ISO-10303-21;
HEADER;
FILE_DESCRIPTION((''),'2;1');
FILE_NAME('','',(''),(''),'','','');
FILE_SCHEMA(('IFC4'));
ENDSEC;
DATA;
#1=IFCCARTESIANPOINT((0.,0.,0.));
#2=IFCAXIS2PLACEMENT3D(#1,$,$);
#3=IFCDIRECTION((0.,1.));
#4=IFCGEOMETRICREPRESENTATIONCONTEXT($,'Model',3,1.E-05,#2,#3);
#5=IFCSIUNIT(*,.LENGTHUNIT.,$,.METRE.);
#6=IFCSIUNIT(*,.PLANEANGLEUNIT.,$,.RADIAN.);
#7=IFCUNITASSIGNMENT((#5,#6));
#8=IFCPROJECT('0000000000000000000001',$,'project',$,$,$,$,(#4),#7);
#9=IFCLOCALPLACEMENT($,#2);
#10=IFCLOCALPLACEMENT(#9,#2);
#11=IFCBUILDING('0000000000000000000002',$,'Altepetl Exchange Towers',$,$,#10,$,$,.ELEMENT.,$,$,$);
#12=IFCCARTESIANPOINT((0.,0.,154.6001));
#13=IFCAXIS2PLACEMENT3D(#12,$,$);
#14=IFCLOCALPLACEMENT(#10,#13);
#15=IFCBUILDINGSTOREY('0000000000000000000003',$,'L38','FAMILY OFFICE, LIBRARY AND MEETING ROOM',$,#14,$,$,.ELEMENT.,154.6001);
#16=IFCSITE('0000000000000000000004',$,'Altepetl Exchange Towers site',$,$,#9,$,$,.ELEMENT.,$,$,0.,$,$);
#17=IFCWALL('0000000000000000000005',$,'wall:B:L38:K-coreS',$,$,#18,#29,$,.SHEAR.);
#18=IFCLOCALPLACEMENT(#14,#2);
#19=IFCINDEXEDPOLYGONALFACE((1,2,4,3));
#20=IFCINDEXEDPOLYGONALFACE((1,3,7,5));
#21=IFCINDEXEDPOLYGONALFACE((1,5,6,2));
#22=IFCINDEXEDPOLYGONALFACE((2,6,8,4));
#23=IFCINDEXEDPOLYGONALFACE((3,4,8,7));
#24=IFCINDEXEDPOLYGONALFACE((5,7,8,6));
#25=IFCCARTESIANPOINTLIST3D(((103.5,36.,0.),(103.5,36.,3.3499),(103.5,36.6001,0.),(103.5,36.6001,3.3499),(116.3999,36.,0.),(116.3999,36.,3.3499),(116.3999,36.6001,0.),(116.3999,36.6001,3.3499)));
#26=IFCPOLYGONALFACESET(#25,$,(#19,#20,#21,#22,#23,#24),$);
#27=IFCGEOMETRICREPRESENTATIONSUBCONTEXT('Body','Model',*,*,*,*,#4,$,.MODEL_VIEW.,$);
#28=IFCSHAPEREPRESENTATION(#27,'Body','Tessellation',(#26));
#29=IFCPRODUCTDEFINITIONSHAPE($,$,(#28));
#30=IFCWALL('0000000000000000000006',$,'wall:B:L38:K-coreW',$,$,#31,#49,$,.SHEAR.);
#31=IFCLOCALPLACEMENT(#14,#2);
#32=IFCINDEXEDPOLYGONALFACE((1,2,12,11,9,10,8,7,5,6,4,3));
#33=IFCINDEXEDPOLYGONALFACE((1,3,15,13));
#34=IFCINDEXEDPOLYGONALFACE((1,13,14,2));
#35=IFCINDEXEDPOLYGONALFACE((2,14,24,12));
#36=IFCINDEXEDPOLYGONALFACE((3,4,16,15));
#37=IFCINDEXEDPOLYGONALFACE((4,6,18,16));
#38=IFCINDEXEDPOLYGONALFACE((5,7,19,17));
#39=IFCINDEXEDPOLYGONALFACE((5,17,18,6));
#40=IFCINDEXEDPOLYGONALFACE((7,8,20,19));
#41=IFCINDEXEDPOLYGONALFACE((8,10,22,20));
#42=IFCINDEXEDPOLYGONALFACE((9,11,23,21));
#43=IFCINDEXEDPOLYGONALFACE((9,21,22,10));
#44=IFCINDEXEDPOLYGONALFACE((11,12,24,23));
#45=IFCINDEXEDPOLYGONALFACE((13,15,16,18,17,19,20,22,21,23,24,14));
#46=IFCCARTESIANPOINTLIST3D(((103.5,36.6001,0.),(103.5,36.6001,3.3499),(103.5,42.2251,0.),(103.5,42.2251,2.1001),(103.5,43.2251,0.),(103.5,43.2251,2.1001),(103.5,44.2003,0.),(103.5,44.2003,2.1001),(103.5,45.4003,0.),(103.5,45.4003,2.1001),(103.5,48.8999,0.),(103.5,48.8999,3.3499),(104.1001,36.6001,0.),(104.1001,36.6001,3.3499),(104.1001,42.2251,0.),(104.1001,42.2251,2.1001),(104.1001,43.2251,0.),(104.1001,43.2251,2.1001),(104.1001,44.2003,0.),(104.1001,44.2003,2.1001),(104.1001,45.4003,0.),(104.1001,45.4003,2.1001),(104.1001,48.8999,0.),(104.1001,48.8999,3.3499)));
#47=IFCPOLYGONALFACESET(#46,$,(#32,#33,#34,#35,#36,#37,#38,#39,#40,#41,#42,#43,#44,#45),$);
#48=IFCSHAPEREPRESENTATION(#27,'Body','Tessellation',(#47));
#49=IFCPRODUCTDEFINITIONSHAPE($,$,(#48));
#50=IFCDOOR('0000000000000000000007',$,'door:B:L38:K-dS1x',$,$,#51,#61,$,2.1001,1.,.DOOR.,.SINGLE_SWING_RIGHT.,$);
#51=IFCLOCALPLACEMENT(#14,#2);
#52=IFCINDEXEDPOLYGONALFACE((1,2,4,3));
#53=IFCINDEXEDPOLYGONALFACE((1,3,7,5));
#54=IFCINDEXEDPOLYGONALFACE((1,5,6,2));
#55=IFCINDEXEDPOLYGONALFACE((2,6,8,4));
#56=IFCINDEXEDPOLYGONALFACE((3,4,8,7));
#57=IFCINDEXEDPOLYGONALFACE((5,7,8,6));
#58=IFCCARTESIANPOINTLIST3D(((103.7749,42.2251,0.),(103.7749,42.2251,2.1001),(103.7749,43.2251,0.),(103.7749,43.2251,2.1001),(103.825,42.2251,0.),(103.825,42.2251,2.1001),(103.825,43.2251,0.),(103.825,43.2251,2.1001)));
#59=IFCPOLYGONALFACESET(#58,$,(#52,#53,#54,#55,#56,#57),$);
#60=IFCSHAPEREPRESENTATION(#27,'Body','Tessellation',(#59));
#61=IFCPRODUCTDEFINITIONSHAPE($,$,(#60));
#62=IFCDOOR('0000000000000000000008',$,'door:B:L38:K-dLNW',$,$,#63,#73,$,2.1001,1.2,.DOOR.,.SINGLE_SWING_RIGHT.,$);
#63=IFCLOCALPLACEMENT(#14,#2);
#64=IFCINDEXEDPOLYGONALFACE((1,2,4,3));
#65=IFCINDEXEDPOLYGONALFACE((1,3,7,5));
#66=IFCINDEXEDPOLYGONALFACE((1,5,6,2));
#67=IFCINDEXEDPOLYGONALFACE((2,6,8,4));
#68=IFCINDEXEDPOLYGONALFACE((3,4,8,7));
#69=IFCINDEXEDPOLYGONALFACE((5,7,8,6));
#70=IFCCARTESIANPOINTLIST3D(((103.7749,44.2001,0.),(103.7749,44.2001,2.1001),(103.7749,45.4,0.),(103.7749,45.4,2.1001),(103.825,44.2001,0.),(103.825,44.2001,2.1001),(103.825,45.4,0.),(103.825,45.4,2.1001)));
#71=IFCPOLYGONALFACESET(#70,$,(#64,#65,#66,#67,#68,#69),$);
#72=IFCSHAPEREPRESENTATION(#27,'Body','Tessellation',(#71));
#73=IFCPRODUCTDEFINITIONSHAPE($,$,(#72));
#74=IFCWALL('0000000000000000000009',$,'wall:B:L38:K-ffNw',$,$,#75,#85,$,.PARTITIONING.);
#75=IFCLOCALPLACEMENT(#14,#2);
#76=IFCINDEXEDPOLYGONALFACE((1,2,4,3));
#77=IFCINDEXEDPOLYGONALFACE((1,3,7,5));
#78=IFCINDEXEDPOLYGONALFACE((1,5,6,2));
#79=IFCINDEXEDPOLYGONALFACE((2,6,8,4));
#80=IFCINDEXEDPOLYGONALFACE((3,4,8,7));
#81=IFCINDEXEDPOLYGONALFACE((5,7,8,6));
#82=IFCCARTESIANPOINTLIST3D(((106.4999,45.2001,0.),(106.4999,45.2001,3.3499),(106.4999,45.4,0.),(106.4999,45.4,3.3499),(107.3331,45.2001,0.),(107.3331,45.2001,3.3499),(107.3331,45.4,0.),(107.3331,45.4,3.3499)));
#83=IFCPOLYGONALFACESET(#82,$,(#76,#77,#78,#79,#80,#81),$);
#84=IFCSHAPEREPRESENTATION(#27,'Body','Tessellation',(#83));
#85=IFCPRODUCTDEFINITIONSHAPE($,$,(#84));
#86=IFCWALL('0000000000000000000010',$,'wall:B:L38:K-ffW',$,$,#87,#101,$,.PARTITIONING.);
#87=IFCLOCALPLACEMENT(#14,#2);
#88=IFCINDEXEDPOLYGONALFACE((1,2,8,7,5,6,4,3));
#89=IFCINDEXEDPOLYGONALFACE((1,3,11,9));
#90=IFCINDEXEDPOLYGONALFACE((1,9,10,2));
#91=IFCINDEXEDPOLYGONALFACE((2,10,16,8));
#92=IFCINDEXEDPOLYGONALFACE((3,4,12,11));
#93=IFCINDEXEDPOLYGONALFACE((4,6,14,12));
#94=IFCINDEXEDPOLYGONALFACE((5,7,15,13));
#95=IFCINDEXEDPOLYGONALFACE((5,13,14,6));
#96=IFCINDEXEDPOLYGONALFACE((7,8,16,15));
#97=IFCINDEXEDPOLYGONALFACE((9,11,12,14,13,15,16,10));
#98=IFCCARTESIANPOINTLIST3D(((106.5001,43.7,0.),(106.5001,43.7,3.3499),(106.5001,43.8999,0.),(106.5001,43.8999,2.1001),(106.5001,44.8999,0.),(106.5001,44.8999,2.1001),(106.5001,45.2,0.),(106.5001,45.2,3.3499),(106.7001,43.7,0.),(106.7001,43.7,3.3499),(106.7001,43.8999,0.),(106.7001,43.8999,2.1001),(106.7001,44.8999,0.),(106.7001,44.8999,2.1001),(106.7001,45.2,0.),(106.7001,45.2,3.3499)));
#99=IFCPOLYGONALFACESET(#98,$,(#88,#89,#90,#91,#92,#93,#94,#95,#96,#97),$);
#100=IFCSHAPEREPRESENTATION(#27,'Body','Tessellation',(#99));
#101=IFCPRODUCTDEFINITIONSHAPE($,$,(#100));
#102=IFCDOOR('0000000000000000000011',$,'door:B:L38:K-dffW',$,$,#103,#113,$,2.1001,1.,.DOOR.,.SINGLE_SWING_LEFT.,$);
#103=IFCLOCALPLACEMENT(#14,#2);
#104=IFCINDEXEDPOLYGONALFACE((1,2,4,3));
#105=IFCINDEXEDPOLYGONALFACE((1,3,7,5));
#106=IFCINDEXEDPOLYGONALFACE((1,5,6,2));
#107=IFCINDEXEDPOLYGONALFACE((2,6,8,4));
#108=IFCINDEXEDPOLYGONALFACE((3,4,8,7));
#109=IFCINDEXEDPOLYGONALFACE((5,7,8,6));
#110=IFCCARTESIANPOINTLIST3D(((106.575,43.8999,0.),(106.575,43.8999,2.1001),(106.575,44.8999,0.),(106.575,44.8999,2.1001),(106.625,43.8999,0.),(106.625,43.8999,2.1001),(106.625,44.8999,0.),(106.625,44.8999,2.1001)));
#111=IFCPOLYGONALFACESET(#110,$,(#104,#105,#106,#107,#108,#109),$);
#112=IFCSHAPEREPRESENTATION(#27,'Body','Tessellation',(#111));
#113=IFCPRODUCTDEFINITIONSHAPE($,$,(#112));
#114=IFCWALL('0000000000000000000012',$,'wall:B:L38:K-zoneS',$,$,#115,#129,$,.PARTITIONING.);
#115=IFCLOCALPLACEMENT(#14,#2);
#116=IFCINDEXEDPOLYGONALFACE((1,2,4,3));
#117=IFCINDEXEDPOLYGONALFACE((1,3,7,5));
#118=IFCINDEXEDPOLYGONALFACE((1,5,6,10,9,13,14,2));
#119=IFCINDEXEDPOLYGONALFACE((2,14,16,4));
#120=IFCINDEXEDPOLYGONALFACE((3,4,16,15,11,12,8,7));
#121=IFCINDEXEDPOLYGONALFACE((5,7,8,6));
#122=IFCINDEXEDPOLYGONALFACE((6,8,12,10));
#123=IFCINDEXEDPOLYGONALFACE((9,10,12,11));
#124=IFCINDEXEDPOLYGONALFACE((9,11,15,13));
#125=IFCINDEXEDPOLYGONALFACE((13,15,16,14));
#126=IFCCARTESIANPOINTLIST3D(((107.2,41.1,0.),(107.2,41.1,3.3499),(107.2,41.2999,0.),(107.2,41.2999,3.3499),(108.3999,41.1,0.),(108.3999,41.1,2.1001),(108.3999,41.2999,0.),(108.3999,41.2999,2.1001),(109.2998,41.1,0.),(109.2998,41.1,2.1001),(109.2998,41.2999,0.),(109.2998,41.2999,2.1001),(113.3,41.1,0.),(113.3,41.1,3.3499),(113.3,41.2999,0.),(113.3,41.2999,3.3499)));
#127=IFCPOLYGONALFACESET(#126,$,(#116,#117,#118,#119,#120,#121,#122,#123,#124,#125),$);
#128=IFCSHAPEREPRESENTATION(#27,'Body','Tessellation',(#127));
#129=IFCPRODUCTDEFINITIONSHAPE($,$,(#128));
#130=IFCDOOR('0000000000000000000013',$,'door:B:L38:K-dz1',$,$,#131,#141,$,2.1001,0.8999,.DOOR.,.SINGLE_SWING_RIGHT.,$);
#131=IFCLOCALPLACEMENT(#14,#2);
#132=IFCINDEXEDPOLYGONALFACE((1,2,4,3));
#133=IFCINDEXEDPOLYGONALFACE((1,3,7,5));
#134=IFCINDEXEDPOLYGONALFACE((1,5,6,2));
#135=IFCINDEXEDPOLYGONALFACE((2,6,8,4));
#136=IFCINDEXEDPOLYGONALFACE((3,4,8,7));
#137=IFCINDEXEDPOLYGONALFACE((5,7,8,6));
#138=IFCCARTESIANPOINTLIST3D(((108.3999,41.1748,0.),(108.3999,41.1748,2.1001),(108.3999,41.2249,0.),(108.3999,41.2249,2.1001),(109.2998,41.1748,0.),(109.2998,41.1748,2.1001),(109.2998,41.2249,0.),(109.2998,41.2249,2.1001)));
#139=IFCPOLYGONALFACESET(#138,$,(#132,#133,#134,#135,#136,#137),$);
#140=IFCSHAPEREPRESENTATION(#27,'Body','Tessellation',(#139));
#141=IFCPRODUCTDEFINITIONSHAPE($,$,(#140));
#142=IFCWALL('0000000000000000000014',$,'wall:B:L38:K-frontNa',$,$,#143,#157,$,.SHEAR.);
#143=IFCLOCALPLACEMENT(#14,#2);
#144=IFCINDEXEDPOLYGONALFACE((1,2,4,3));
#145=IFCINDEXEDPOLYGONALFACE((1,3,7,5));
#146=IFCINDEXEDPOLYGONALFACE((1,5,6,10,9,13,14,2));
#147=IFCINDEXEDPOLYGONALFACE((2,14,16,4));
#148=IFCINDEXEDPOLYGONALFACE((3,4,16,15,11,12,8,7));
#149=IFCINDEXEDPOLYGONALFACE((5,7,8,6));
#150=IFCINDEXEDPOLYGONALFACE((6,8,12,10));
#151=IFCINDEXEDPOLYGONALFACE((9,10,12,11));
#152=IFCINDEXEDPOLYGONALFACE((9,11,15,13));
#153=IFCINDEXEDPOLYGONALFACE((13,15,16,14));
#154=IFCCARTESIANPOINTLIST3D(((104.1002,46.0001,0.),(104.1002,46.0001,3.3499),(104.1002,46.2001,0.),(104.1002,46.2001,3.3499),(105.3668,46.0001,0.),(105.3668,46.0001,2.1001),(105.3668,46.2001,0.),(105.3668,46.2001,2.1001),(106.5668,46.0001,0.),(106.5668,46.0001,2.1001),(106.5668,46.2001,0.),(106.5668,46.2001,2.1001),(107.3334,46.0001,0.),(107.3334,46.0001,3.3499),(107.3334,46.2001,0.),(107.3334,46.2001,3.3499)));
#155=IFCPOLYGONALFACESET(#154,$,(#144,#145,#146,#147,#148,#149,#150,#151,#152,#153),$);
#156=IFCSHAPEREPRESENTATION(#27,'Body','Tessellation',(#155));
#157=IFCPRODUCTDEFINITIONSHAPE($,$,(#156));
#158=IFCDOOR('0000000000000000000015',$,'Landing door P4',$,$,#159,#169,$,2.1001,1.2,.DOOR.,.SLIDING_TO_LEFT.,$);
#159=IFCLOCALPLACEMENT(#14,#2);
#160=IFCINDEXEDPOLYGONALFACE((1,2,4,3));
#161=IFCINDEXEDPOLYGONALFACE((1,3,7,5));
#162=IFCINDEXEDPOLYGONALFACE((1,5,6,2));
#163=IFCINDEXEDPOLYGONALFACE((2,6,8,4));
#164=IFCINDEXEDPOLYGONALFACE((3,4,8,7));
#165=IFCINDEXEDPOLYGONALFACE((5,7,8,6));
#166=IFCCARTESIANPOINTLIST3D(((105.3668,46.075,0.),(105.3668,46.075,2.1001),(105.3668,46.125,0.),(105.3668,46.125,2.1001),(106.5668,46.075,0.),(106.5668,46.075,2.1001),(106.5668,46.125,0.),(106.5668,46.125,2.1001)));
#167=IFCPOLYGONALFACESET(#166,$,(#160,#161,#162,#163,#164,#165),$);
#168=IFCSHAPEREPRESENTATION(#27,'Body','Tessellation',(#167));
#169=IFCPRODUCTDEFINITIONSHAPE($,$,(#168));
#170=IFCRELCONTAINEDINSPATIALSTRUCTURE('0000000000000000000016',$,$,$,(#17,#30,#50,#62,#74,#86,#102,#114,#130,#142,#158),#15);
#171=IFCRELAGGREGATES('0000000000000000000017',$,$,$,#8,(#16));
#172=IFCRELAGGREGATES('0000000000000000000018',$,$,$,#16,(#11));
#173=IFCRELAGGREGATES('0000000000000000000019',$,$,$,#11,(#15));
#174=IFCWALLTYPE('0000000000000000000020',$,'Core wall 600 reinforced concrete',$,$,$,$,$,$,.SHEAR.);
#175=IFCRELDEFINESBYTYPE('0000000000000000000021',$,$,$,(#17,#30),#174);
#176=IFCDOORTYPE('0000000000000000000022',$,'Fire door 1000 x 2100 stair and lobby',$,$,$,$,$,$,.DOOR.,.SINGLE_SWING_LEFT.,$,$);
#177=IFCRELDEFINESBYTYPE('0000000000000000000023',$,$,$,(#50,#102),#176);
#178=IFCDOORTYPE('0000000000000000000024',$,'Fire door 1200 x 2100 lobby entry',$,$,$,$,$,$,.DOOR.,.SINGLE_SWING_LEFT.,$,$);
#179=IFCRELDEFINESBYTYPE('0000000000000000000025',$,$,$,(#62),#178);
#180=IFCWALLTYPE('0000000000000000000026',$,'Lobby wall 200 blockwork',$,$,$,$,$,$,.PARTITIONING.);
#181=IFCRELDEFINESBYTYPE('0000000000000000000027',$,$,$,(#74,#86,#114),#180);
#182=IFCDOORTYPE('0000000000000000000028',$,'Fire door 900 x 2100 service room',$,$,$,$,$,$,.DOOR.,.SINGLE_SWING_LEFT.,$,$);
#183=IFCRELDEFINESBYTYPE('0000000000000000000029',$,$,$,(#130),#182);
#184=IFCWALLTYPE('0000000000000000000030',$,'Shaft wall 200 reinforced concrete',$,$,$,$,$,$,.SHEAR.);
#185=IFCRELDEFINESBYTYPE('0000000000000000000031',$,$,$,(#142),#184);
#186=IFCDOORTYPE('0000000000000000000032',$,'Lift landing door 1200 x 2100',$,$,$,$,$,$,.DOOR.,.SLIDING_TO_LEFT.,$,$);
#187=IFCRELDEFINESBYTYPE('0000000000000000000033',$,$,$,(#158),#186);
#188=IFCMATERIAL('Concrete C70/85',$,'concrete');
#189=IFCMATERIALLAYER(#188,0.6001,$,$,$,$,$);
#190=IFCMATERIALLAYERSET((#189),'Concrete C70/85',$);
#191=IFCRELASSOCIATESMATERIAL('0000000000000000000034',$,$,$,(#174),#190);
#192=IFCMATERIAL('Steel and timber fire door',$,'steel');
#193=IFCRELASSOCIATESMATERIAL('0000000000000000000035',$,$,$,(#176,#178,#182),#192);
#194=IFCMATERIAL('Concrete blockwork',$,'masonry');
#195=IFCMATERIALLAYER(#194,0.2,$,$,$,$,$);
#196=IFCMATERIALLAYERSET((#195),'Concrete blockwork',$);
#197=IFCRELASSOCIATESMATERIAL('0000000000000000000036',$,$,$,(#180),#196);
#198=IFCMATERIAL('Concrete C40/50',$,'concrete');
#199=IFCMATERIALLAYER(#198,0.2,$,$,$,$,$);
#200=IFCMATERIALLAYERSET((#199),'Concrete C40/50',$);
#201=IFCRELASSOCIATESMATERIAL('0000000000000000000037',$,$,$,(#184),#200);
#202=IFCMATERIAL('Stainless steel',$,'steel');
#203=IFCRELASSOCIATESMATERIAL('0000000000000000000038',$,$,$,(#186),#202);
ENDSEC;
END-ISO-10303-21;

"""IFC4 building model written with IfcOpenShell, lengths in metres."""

from ifc_helpers import new_model, si_unit, direction, frame, frame_2d, origin, place, context, subcontext, project, spatial, rectangle, extrude, material, layer, layer_set, type_object, element, fill, save


model = new_model("IFC4")

# Units and contexts
model_context = context("Model", 3, precision=1e-05, world=origin(), true_north=direction((0.0, 1.0)))
body_context = subcontext(model_context, "Body", "Model", "MODEL_VIEW")
ifc_project = project(units=[si_unit("LENGTHUNIT", "METRE"), si_unit("PLANEANGLEUNIT", "RADIAN")], contexts=[model_context])

# Site, building, storey
site_placement = place(None, origin())
site = spatial("IfcSite", under=ifc_project, at=site_placement, Name="Altepetl Exchange Towers site", CompositionType="ELEMENT", RefElevation=0.0)
building_placement = place(site_placement, origin())
building = spatial("IfcBuilding", under=site, at=building_placement, Name="Altepetl Exchange Towers", CompositionType="ELEMENT")
storey_placement = place(building_placement, frame((0.0, 0.0, 154.6001)))
storey = spatial("IfcBuildingStorey", under=building, at=storey_placement, Name="L38", Description="FAMILY OFFICE, LIBRARY AND MEETING ROOM", CompositionType="ELEMENT", Elevation=154.6001)

# Wall
ifc_material_1 = material(Name="Concrete C70/85", Category="concrete")
ifc_layer_1 = layer(ifc_material_1, 0.6001)
ifc_layer_set_1 = layer_set([ifc_layer_1], Name="Concrete C70/85")
wall_type_1 = type_object("IfcWallType", Name="Core wall 600 reinforced concrete", PredefinedType="SHEAR", material=ifc_layer_set_1)
wall_1_placement = place(storey_placement, frame((103.5, 36.3, 0.0)))
element("IfcWall", 1, at=wall_1_placement, inside=storey, type_object=wall_type_1, Name="wall:B:L38:K-coreS", PredefinedType="SHEAR", context=body_context, shape_type="SweptSolid", body=[
    extrude(rectangle(XDim=12.8999, YDim=0.6001, at=frame_2d((6.45, 0.0))), origin(), (0.0, 0.0, 1.0), 3.3499),
])

# Wall, openings, doors
wall_2_placement = place(storey_placement, frame((103.8, 36.6001, 0.0), z_axis=(0.0, 0.0, 1.0), x_axis=(0.0, 1.0, 0.0)))
wall_2 = element("IfcWall", 2, at=wall_2_placement, inside=storey, type_object=wall_type_1, Name="wall:B:L38:K-coreW", PredefinedType="SHEAR", context=body_context, shape_type="SweptSolid", body=[
    extrude(rectangle(XDim=12.2998, YDim=0.6001, at=frame_2d((6.1499, 0.0))), origin(), (0.0, 0.0, 1.0), 3.3499),
])
opening_1_placement = place(wall_2_placement, frame((7.6001, 0.0, 0.0)))
opening_1 = element("IfcOpeningElement", 3, at=opening_1_placement, cuts=wall_2, PredefinedType="OPENING", context=body_context, shape_type="SweptSolid", body=[
    extrude(rectangle(XDim=1.2, YDim=2.1001, at=frame_2d((0.6001, 1.05))), frame((0.0, 0.3101, 0.0), z_axis=(0.0, -1.0, 0.0), x_axis=(1.0, 0.0, 0.0)), (0.0, 0.0, 1.0), 0.6201),
])
opening_2_placement = place(wall_2_placement, frame((5.625, 0.0, 0.0)))
opening_2 = element("IfcOpeningElement", 4, at=opening_2_placement, cuts=wall_2, PredefinedType="OPENING", context=body_context, shape_type="SweptSolid", body=[
    extrude(rectangle(XDim=1.0, YDim=2.1001, at=frame_2d((0.5, 1.05))), frame((0.0, 0.3101, 0.0), z_axis=(0.0, -1.0, 0.0), x_axis=(1.0, 0.0, 0.0)), (0.0, 0.0, 1.0), 0.6201),
])
ifc_material_2 = material(Name="Steel and timber fire door", Category="steel")
door_type_1 = type_object("IfcDoorType", Name="Fire door 1000 x 2100 stair and lobby", OperationType="SINGLE_SWING_LEFT", PredefinedType="DOOR", material=ifc_material_2)
door_1_placement = place(opening_2_placement, frame((1.0, 0.0, 0.0), x_axis=(-1.0, 0.0, 0.0)))
door_1 = element("IfcDoor", 5, at=door_1_placement, inside=storey, type_object=door_type_1, Name="door:B:L38:K-dS1x", OperationType="SINGLE_SWING_RIGHT", OverallHeight=2.1001, OverallWidth=1.0, PredefinedType="DOOR", context=body_context, shape_type="SweptSolid", body=[
    extrude(rectangle(XDim=1.0, YDim=2.1001, at=frame_2d((0.5, 1.05))), frame((0.0, 0.0249, 0.0), z_axis=(0.0, -1.0, 0.0), x_axis=(1.0, 0.0, 0.0)), (0.0, 0.0, 1.0), 0.05),
])
fill(opening_2, door_1)
door_type_2 = type_object("IfcDoorType", Name="Fire door 1200 x 2100 lobby entry", OperationType="SINGLE_SWING_LEFT", PredefinedType="DOOR", material=ifc_material_2)
door_2_placement = place(opening_1_placement, frame((1.2, 0.0, 0.0), x_axis=(-1.0, 0.0, 0.0)))
door_2 = element("IfcDoor", 6, at=door_2_placement, inside=storey, type_object=door_type_2, Name="door:B:L38:K-dLNW", OperationType="SINGLE_SWING_RIGHT", OverallHeight=2.1001, OverallWidth=1.2, PredefinedType="DOOR", context=body_context, shape_type="SweptSolid", body=[
    extrude(rectangle(XDim=1.2, YDim=2.1001, at=frame_2d((0.6001, 1.05))), frame((0.0, 0.0249, 0.0), z_axis=(0.0, -1.0, 0.0), x_axis=(1.0, 0.0, 0.0)), (0.0, 0.0, 1.0), 0.05),
])
fill(opening_1, door_2)

# Wall
ifc_material_3 = material(Name="Concrete blockwork", Category="masonry")
ifc_layer_2 = layer(ifc_material_3, 0.2)
ifc_layer_set_2 = layer_set([ifc_layer_2], Name="Concrete blockwork")
wall_type_2 = type_object("IfcWallType", Name="Lobby wall 200 blockwork", PredefinedType="PARTITIONING", material=ifc_layer_set_2)
wall_3_placement = place(storey_placement, frame((106.5, 45.3, 0.0)))
element("IfcWall", 7, at=wall_3_placement, inside=storey, type_object=wall_type_2, Name="wall:B:L38:K-ffNw", PredefinedType="PARTITIONING", context=body_context, shape_type="SweptSolid", body=[
    extrude(rectangle(XDim=0.8333, YDim=0.2, at=frame_2d((0.4165, 0.0))), origin(), (0.0, 0.0, 1.0), 3.3499),
])

# Walls, openings, doors
wall_4_placement = place(storey_placement, frame((106.6001, 43.7, 0.0), z_axis=(0.0, 0.0, 1.0), x_axis=(0.0, 1.0, 0.0)))
wall_4 = element("IfcWall", 8, at=wall_4_placement, inside=storey, type_object=wall_type_2, Name="wall:B:L38:K-ffW", PredefinedType="PARTITIONING", context=body_context, shape_type="SweptSolid", body=[
    extrude(rectangle(XDim=1.5, YDim=0.2, at=frame_2d((0.75, 0.0))), origin(), (0.0, 0.0, 1.0), 3.3499),
])
opening_3_placement = place(wall_4_placement, frame((0.2, 0.0, 0.0)))
opening_3 = element("IfcOpeningElement", 9, at=opening_3_placement, cuts=wall_4, PredefinedType="OPENING", context=body_context, shape_type="SweptSolid", body=[
    extrude(rectangle(XDim=1.0, YDim=2.1001, at=frame_2d((0.5, 1.05))), frame((0.0, 0.1099, 0.0), z_axis=(0.0, -1.0, 0.0), x_axis=(1.0, 0.0, 0.0)), (0.0, 0.0, 1.0), 0.22),
])
door_3_placement = place(opening_3_placement, frame((1.0, 0.0, 0.0), x_axis=(-1.0, 0.0, 0.0)))
door_3 = element("IfcDoor", 10, at=door_3_placement, inside=storey, type_object=door_type_1, Name="door:B:L38:K-dffW", OperationType="SINGLE_SWING_LEFT", OverallHeight=2.1001, OverallWidth=1.0, PredefinedType="DOOR", context=body_context, shape_type="SweptSolid", body=[
    extrude(rectangle(XDim=1.0, YDim=2.1001, at=frame_2d((0.5, 1.05))), frame((0.0, 0.0249, 0.0), z_axis=(0.0, -1.0, 0.0), x_axis=(1.0, 0.0, 0.0)), (0.0, 0.0, 1.0), 0.05),
])
fill(opening_3, door_3)
wall_5_placement = place(storey_placement, frame((107.2, 41.2, 0.0)))
wall_5 = element("IfcWall", 11, at=wall_5_placement, inside=storey, type_object=wall_type_2, Name="wall:B:L38:K-zoneS", PredefinedType="PARTITIONING", context=body_context, shape_type="SweptSolid", body=[
    extrude(rectangle(XDim=6.1001, YDim=0.2, at=frame_2d((3.05, 0.0))), origin(), (0.0, 0.0, 1.0), 3.3499),
])
opening_4_placement = place(wall_5_placement, frame((1.2, 0.0, 0.0)))
opening_4 = element("IfcOpeningElement", 12, at=opening_4_placement, cuts=wall_5, PredefinedType="OPENING", context=body_context, shape_type="SweptSolid", body=[
    extrude(rectangle(XDim=0.8999, YDim=2.1001, at=frame_2d((0.45, 1.05))), frame((0.0, 0.1099, 0.0), z_axis=(0.0, -1.0, 0.0), x_axis=(1.0, 0.0, 0.0)), (0.0, 0.0, 1.0), 0.22),
])
door_type_3 = type_object("IfcDoorType", Name="Fire door 900 x 2100 service room", OperationType="SINGLE_SWING_LEFT", PredefinedType="DOOR", material=ifc_material_2)
door_4_placement = place(opening_4_placement, origin())
door_4 = element("IfcDoor", 13, at=door_4_placement, inside=storey, type_object=door_type_3, Name="door:B:L38:K-dz1", OperationType="SINGLE_SWING_RIGHT", OverallHeight=2.1001, OverallWidth=0.8999, PredefinedType="DOOR", context=body_context, shape_type="SweptSolid", body=[
    extrude(rectangle(XDim=0.8999, YDim=2.1001, at=frame_2d((0.45, 1.05))), frame((0.0, 0.0249, 0.0), z_axis=(0.0, -1.0, 0.0), x_axis=(1.0, 0.0, 0.0)), (0.0, 0.0, 1.0), 0.05),
])
fill(opening_4, door_4)
ifc_material_4 = material(Name="Concrete C40/50", Category="concrete")
ifc_layer_3 = layer(ifc_material_4, 0.2)
ifc_layer_set_3 = layer_set([ifc_layer_3], Name="Concrete C40/50")
wall_type_3 = type_object("IfcWallType", Name="Shaft wall 200 reinforced concrete", PredefinedType="SHEAR", material=ifc_layer_set_3)
wall_6_placement = place(storey_placement, frame((104.1001, 46.1001, 0.0)))
wall_6 = element("IfcWall", 14, at=wall_6_placement, inside=storey, type_object=wall_type_3, Name="wall:B:L38:K-frontNa", PredefinedType="SHEAR", context=body_context, shape_type="SweptSolid", body=[
    extrude(rectangle(XDim=3.2332, YDim=0.2, at=frame_2d((1.6167, 0.0))), origin(), (0.0, 0.0, 1.0), 3.3499),
])
opening_5_placement = place(wall_6_placement, frame((1.2666, 0.0, 0.0)))
opening_5 = element("IfcOpeningElement", 15, at=opening_5_placement, cuts=wall_6, PredefinedType="OPENING", context=body_context, shape_type="SweptSolid", body=[
    extrude(rectangle(XDim=1.2, YDim=2.1001, at=frame_2d((0.6001, 1.05))), frame((0.0, 0.1099, 0.0), z_axis=(0.0, -1.0, 0.0), x_axis=(1.0, 0.0, 0.0)), (0.0, 0.0, 1.0), 0.22),
])
ifc_material_5 = material(Name="Stainless steel", Category="steel")
door_type_4 = type_object("IfcDoorType", Name="Lift landing door 1200 x 2100", OperationType="SLIDING_TO_LEFT", PredefinedType="DOOR", material=ifc_material_5)
door_5_placement = place(opening_5_placement, origin())
door_5 = element("IfcDoor", 16, at=door_5_placement, inside=storey, type_object=door_type_4, Name="Landing door P4", OperationType="SLIDING_TO_LEFT", OverallHeight=2.1001, OverallWidth=1.2, PredefinedType="DOOR", context=body_context, shape_type="SweptSolid", body=[
    extrude(rectangle(XDim=1.2, YDim=2.1001, at=frame_2d((0.6001, 1.05))), frame((0.0, 0.0249, 0.0), z_axis=(0.0, -1.0, 0.0), x_axis=(1.0, 0.0, 0.0)), (0.0, 0.0, 1.0), 0.05),
])
fill(opening_5, door_5)

save(model, "model.ifc")
